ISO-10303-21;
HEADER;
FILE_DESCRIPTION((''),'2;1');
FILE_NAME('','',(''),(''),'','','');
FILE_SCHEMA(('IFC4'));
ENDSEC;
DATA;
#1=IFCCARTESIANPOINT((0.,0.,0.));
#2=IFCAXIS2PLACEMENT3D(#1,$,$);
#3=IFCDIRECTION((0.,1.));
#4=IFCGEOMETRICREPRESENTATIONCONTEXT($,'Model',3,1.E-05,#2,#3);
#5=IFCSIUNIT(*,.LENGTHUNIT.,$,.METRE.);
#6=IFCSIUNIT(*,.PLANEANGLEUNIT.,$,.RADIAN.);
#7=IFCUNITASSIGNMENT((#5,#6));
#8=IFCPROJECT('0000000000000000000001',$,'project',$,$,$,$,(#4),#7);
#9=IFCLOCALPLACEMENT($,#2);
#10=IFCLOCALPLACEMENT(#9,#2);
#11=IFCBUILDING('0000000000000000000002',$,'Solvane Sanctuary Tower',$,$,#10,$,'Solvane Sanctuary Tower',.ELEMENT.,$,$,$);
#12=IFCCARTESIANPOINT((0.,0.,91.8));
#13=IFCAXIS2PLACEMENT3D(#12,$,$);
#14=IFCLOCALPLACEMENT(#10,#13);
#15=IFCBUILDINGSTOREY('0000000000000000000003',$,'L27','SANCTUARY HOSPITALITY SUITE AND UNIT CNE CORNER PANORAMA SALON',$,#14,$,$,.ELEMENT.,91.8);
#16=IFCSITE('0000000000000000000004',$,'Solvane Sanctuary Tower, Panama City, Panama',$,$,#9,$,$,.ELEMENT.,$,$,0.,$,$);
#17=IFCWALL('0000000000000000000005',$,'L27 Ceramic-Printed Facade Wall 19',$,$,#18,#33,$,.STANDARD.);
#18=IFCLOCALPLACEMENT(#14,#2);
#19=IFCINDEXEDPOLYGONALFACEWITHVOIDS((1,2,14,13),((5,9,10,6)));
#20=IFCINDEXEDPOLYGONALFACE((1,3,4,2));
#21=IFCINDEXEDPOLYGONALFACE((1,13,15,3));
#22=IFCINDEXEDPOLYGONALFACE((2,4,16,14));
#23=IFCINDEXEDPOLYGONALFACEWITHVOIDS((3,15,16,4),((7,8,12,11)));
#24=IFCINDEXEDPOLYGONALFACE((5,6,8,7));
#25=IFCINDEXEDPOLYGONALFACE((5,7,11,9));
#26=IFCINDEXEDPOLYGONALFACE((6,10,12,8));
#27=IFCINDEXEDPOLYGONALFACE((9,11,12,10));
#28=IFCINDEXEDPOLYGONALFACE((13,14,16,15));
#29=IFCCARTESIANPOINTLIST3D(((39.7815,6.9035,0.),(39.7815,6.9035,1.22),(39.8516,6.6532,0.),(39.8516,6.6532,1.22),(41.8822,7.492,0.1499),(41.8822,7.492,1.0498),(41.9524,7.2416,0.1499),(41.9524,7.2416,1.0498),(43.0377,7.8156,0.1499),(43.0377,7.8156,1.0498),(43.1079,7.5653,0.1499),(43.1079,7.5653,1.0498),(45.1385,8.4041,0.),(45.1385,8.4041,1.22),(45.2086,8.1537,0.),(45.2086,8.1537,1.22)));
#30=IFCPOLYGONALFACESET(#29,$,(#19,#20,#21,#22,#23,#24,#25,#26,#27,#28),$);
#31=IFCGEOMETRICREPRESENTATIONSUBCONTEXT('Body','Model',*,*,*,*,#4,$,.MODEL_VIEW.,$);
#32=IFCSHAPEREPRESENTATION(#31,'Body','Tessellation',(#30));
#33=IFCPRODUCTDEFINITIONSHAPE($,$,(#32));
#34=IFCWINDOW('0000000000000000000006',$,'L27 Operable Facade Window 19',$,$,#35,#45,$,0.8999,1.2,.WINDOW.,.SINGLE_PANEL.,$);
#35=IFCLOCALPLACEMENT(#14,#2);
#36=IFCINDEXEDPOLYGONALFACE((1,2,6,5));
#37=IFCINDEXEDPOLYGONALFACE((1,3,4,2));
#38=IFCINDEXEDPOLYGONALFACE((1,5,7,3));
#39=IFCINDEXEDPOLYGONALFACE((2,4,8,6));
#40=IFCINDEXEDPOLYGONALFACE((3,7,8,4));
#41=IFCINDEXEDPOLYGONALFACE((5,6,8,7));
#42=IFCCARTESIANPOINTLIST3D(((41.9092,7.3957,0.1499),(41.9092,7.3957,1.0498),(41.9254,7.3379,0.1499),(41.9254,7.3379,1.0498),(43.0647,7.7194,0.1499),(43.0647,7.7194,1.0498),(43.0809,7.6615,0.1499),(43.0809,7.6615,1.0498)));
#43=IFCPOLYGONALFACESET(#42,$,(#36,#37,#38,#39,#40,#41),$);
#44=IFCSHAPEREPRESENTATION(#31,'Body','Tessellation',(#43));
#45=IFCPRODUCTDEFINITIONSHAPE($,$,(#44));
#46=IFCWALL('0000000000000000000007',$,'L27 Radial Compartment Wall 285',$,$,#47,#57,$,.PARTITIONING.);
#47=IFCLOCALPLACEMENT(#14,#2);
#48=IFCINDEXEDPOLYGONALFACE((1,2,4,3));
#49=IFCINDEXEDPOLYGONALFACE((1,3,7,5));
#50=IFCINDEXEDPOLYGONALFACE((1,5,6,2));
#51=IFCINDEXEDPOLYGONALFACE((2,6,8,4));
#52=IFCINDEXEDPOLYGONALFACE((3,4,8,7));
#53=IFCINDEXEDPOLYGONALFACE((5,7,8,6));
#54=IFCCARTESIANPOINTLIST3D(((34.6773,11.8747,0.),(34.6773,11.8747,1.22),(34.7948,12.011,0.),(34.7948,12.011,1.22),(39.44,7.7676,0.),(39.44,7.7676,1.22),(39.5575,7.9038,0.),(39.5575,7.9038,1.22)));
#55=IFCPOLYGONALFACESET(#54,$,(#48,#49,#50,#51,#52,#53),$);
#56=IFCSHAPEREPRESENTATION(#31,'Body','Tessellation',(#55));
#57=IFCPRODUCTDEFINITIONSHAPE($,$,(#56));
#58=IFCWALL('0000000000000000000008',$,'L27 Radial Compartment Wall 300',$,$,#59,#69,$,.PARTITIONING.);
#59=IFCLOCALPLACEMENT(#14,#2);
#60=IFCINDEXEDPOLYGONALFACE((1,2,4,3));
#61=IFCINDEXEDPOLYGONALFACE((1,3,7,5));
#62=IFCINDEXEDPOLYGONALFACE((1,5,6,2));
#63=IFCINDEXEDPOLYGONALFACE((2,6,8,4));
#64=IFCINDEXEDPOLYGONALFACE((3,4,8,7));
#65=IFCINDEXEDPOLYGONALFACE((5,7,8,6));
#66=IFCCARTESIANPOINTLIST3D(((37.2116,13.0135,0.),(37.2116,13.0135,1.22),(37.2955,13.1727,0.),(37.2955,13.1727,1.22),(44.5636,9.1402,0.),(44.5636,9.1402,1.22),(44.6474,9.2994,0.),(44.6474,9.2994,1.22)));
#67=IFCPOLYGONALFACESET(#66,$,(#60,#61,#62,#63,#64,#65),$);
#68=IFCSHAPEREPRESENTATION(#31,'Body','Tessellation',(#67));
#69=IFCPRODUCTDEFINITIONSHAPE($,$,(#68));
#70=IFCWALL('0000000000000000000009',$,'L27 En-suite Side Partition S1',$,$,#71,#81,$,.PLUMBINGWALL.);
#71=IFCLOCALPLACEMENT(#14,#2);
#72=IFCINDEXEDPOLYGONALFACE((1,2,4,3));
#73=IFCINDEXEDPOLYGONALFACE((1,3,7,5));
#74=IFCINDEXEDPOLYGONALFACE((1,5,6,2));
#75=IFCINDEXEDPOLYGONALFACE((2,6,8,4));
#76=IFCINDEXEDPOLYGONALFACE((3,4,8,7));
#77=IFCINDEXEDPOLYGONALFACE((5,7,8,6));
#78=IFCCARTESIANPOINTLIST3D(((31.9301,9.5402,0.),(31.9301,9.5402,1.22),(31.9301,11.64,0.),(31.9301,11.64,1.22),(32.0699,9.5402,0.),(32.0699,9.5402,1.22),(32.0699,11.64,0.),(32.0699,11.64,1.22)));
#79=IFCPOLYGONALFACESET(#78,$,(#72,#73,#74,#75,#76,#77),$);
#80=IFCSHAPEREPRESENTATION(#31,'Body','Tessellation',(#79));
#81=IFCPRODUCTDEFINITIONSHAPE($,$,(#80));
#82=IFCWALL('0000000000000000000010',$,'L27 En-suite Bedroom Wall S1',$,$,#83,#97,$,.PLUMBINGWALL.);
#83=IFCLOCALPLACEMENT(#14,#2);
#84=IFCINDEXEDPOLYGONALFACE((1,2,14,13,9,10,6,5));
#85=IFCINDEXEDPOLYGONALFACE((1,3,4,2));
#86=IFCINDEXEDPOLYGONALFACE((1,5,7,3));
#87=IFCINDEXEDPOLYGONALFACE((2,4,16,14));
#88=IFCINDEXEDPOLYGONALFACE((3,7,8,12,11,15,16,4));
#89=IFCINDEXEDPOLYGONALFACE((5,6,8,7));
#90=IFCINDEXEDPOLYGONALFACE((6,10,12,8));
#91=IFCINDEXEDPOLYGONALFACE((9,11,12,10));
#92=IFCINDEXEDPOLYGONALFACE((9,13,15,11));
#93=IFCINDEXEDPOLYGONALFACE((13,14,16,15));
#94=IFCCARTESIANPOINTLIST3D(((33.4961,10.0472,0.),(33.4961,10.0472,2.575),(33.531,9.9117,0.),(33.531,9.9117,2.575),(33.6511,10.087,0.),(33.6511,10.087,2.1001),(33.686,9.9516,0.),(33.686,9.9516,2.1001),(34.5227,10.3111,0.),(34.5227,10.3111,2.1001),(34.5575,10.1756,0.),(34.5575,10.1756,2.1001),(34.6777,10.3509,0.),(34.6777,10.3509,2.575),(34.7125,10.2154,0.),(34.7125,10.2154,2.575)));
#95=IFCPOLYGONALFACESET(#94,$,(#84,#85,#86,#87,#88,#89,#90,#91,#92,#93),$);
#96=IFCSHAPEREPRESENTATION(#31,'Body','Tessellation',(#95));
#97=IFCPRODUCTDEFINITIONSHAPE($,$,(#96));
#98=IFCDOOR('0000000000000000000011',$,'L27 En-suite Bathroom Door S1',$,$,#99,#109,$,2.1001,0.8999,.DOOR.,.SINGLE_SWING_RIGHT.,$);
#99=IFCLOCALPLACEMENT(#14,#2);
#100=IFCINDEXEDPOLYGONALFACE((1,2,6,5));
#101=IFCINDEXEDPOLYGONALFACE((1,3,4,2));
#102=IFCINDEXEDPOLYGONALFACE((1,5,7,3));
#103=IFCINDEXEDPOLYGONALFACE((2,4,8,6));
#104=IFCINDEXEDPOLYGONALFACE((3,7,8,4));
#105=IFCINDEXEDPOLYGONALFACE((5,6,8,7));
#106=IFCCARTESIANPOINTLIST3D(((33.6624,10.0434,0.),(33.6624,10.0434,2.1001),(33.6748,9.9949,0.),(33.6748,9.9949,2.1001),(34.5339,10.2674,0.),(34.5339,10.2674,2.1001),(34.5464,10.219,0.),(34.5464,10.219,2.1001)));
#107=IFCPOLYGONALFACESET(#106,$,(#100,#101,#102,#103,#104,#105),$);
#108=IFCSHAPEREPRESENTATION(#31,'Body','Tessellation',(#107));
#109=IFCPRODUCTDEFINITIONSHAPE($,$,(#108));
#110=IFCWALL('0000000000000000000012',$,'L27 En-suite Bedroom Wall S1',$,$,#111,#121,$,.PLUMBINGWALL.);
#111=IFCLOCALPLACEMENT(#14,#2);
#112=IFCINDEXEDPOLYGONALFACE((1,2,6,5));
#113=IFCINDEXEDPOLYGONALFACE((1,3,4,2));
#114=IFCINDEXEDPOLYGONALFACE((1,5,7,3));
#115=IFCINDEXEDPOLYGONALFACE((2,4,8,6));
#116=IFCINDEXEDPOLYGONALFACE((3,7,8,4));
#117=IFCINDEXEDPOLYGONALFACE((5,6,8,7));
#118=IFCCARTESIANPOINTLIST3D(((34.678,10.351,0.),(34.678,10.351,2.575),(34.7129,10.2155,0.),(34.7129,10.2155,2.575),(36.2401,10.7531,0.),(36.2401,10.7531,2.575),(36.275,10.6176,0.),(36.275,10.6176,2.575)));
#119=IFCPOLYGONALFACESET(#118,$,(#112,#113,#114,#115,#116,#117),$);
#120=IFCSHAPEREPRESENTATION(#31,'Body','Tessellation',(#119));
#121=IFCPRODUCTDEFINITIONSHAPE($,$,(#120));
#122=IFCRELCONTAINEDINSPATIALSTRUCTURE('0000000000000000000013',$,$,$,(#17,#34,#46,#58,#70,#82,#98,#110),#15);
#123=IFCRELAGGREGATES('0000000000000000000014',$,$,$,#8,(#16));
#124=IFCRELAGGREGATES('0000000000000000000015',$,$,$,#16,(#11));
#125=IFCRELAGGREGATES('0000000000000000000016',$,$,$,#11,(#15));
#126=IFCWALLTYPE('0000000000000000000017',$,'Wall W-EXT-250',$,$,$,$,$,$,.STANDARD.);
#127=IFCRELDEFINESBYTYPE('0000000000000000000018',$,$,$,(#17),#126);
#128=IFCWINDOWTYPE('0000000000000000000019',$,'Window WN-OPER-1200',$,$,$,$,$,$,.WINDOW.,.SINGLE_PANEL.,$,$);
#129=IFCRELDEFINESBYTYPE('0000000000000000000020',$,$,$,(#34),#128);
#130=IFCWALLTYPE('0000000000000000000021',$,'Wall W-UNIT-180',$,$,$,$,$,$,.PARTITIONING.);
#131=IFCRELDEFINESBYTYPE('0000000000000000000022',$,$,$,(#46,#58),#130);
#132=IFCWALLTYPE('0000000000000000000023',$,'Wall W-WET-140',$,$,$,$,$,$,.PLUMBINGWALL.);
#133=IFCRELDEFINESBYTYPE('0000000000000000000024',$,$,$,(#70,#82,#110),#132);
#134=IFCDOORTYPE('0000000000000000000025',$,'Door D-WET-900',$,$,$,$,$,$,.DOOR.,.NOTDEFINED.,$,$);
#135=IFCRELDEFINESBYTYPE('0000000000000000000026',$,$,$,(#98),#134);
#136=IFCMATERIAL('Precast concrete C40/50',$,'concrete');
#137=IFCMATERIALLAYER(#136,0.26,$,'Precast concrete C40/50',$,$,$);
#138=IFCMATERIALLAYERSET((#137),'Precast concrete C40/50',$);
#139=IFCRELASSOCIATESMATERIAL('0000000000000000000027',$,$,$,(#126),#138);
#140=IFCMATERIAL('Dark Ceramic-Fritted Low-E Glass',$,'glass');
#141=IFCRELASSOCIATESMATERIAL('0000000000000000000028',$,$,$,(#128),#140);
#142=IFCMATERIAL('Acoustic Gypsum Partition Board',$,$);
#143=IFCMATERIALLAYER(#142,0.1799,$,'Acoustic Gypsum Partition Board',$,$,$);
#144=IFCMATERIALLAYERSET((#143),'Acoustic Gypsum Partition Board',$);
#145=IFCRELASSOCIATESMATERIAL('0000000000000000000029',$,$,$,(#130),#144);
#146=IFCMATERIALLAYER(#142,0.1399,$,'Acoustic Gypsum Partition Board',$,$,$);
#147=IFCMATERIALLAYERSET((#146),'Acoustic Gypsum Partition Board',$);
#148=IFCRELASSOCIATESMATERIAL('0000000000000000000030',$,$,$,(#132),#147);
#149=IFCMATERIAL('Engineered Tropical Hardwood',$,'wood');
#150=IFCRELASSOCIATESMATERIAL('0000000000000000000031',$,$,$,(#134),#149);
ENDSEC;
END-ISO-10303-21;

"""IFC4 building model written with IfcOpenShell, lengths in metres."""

from ifc_helpers import new_model, si_unit, direction, frame, frame_2d, origin, place, context, subcontext, project, spatial, rectangle, extrude, material, layer, layer_set, type_object, element, fill, save


model = new_model("IFC4")

# Units and contexts
model_context = context("Model", 3, precision=1e-05, world=origin(), true_north=direction((0.0, 1.0)))
body_context = subcontext(model_context, "Body", "Model", "MODEL_VIEW")
ifc_project = project(units=[si_unit("LENGTHUNIT", "METRE"), si_unit("PLANEANGLEUNIT", "RADIAN")], contexts=[model_context])

# Site, building, storey
site_placement = place(None, origin())
site = spatial("IfcSite", under=ifc_project, at=site_placement, Name="Solvane Sanctuary Tower, Panama City, Panama", CompositionType="ELEMENT", RefElevation=0.0)
building_placement = place(site_placement, origin())
building = spatial("IfcBuilding", under=site, at=building_placement, Name="Solvane Sanctuary Tower", LongName="Solvane Sanctuary Tower", CompositionType="ELEMENT")
storey_placement = place(building_placement, frame((0.0, 0.0, 91.8)))
storey = spatial("IfcBuildingStorey", under=building, at=storey_placement, Name="L27", Description="SANCTUARY HOSPITALITY SUITE AND UNIT CNE CORNER PANORAMA SALON", CompositionType="ELEMENT", Elevation=91.8)

# Shared definitions
ifc_material_1 = material(Name="Acoustic Gypsum Partition Board")

# Shared definitions
ifc_material_2 = material(Name="Engineered Tropical Hardwood", Category="wood")

# Wall, opening, window
ifc_material_3 = material(Name="Precast concrete C40/50", Category="concrete")
ifc_layer_1 = layer(ifc_material_3, 0.26, Name="Precast concrete C40/50")
ifc_layer_set_1 = layer_set([ifc_layer_1], Name="Precast concrete C40/50")
wall_type_1 = type_object("IfcWallType", Name="Wall W-EXT-250", PredefinedType="STANDARD", material=ifc_layer_set_1)
ifc_material_4 = material(Name="Dark Ceramic-Fritted Low-E Glass", Category="glass")
window_type = type_object("IfcWindowType", Name="Window WN-OPER-1200", PartitioningType="SINGLE_PANEL", PredefinedType="WINDOW", material=ifc_material_4)
wall_1_placement = place(storey_placement, frame((39.8164, 6.7783, 0.0), z_axis=(0.0, 0.0, 1.0), x_axis=(0.962938, 0.269721, 0.0)))
wall_1 = element("IfcWall", 1, at=wall_1_placement, inside=storey, type_object=wall_type_1, Name="L27 Ceramic-Printed Facade Wall 19", PredefinedType="STANDARD", context=body_context, shape_type="SweptSolid", body=[
    extrude(rectangle(XDim=5.5632, YDim=0.26, at=frame_2d((2.7817, 0.0))), origin(), (0.0, 0.0, 1.0), 1.22),
])
opening_1_placement = place(wall_1_placement, frame((2.1816, 0.0, 0.1499)))
opening_1 = element("IfcOpeningElement", 2, at=opening_1_placement, cuts=wall_1, PredefinedType="OPENING", context=body_context, shape_type="SweptSolid", body=[
    extrude(rectangle(XDim=1.2, YDim=0.8999, at=frame_2d((0.6001, 0.45))), frame((0.0, 0.1399, 0.0), z_axis=(0.0, -1.0, 0.0), x_axis=(1.0, 0.0, 0.0)), (0.0, 0.0, 1.0), 0.28),
])
window_1_placement = place(opening_1_placement, origin())
window_1 = element("IfcWindow", 3, at=window_1_placement, inside=storey, type_object=window_type, Name="L27 Operable Facade Window 19", OverallHeight=0.8999, OverallWidth=1.2, PartitioningType="SINGLE_PANEL", PredefinedType="WINDOW", context=body_context, shape_type="SweptSolid", body=[
    extrude(rectangle(XDim=1.2, YDim=0.8999, at=frame_2d((0.6001, 0.45))), frame((0.0, 0.03, 0.0), z_axis=(0.0, -1.0, 0.0), x_axis=(1.0, 0.0, 0.0)), (0.0, 0.0, 1.0), 0.0601),
])
fill(opening_1, window_1)

# Walls
ifc_layer_2 = layer(ifc_material_1, 0.1799, Name="Acoustic Gypsum Partition Board")
ifc_layer_set_2 = layer_set([ifc_layer_2], Name="Acoustic Gypsum Partition Board")
wall_type_2 = type_object("IfcWallType", Name="Wall W-UNIT-180", PredefinedType="PARTITIONING", material=ifc_layer_set_2)
wall_2_placement = place(storey_placement, frame((34.7361, 11.9429, 0.0), z_axis=(0.0, 0.0, 1.0), x_axis=(0.757299, -0.653068, 0.0)))
element("IfcWall", 4, at=wall_2_placement, inside=storey, type_object=wall_type_2, Name="L27 Radial Compartment Wall 285", PredefinedType="PARTITIONING", context=body_context, shape_type="SweptSolid", body=[
    extrude(rectangle(XDim=6.2891, YDim=0.1799, at=frame_2d((3.1445, 0.0))), origin(), (0.0, 0.0, 1.0), 1.22),
])
wall_3_placement = place(storey_placement, frame((37.2537, 13.093, 0.0), z_axis=(0.0, 0.0, 1.0), x_axis=(0.88473, -0.466104, 0.0)))
element("IfcWall", 5, at=wall_3_placement, inside=storey, type_object=wall_type_2, Name="L27 Radial Compartment Wall 300", PredefinedType="PARTITIONING", context=body_context, shape_type="SweptSolid", body=[
    extrude(rectangle(XDim=8.3098, YDim=0.1799, at=frame_2d((4.1548, 0.0))), origin(), (0.0, 0.0, 1.0), 1.22),
])
ifc_layer_3 = layer(ifc_material_1, 0.1399, Name="Acoustic Gypsum Partition Board")
ifc_layer_set_3 = layer_set([ifc_layer_3], Name="Acoustic Gypsum Partition Board")
wall_type_3 = type_object("IfcWallType", Name="Wall W-WET-140", PredefinedType="PLUMBINGWALL", material=ifc_layer_set_3)
wall_4_placement = place(storey_placement, frame((32.0, 11.6399, 0.0), z_axis=(0.0, 0.0, 1.0), x_axis=(0.0, -1.0, 0.0)))
element("IfcWall", 6, at=wall_4_placement, inside=storey, type_object=wall_type_3, Name="L27 En-suite Side Partition S1", PredefinedType="PLUMBINGWALL", context=body_context, shape_type="SweptSolid", body=[
    extrude(rectangle(XDim=2.0999, YDim=0.1399, at=frame_2d((1.0498, 0.0))), origin(), (0.0, 0.0, 1.0), 1.22),
])

# Wall, opening, door
wall_5_placement = place(storey_placement, frame((33.5137, 9.9795, 0.0), z_axis=(0.0, 0.0, 1.0), x_axis=(0.968521, 0.248934, 0.0)))
wall_5 = element("IfcWall", 7, at=wall_5_placement, inside=storey, type_object=wall_type_3, Name="L27 En-suite Bedroom Wall S1", PredefinedType="PLUMBINGWALL", context=body_context, shape_type="SweptSolid", body=[
    extrude(rectangle(XDim=1.22, YDim=0.1399, at=frame_2d((0.6099, 0.0))), origin(), (0.0, 0.0, 1.0), 2.575),
])
opening_2_placement = place(wall_5_placement, frame((0.1599, 0.0, 0.0)))
opening_2 = element("IfcOpeningElement", 8, at=opening_2_placement, cuts=wall_5, PredefinedType="OPENING", context=body_context, shape_type="SweptSolid", body=[
    extrude(rectangle(XDim=0.8999, YDim=2.1001, at=frame_2d((0.45, 1.05))), frame((0.0, 0.0798, 0.0), z_axis=(0.0, -1.0, 0.0), x_axis=(1.0, 0.0, 0.0)), (0.0, 0.0, 1.0), 0.1599),
])
door_type_1 = type_object("IfcDoorType", Name="Door D-WET-900", OperationType="NOTDEFINED", PredefinedType="DOOR", material=ifc_material_2)
door_1_placement = place(opening_2_placement, origin())
door_1 = element("IfcDoor", 9, at=door_1_placement, inside=storey, type_object=door_type_1, Name="L27 En-suite Bathroom Door S1", OperationType="SINGLE_SWING_RIGHT", OverallHeight=2.1001, OverallWidth=0.8999, PredefinedType="DOOR", context=body_context, shape_type="SweptSolid", body=[
    extrude(rectangle(XDim=0.8999, YDim=2.1001, at=frame_2d((0.45, 1.05))), frame((0.0, 0.0249, 0.0), z_axis=(0.0, -1.0, 0.0), x_axis=(1.0, 0.0, 0.0)), (0.0, 0.0, 1.0), 0.05),
])
fill(opening_2, door_1)

# Wall
wall_6_placement = place(storey_placement, frame((34.6953, 10.2832, 0.0), z_axis=(0.0, 0.0, 1.0), x_axis=(0.968427, 0.249297, 0.0)))
element("IfcWall", 10, at=wall_6_placement, inside=storey, type_object=wall_type_3, Name="L27 En-suite Bedroom Wall S1", PredefinedType="PLUMBINGWALL", context=body_context, shape_type="SweptSolid", body=[
    extrude(rectangle(XDim=1.613, YDim=0.1399, at=frame_2d((0.8066, 0.0))), origin(), (0.0, 0.0, 1.0), 2.575),
])

save(model, "model.ifc")
